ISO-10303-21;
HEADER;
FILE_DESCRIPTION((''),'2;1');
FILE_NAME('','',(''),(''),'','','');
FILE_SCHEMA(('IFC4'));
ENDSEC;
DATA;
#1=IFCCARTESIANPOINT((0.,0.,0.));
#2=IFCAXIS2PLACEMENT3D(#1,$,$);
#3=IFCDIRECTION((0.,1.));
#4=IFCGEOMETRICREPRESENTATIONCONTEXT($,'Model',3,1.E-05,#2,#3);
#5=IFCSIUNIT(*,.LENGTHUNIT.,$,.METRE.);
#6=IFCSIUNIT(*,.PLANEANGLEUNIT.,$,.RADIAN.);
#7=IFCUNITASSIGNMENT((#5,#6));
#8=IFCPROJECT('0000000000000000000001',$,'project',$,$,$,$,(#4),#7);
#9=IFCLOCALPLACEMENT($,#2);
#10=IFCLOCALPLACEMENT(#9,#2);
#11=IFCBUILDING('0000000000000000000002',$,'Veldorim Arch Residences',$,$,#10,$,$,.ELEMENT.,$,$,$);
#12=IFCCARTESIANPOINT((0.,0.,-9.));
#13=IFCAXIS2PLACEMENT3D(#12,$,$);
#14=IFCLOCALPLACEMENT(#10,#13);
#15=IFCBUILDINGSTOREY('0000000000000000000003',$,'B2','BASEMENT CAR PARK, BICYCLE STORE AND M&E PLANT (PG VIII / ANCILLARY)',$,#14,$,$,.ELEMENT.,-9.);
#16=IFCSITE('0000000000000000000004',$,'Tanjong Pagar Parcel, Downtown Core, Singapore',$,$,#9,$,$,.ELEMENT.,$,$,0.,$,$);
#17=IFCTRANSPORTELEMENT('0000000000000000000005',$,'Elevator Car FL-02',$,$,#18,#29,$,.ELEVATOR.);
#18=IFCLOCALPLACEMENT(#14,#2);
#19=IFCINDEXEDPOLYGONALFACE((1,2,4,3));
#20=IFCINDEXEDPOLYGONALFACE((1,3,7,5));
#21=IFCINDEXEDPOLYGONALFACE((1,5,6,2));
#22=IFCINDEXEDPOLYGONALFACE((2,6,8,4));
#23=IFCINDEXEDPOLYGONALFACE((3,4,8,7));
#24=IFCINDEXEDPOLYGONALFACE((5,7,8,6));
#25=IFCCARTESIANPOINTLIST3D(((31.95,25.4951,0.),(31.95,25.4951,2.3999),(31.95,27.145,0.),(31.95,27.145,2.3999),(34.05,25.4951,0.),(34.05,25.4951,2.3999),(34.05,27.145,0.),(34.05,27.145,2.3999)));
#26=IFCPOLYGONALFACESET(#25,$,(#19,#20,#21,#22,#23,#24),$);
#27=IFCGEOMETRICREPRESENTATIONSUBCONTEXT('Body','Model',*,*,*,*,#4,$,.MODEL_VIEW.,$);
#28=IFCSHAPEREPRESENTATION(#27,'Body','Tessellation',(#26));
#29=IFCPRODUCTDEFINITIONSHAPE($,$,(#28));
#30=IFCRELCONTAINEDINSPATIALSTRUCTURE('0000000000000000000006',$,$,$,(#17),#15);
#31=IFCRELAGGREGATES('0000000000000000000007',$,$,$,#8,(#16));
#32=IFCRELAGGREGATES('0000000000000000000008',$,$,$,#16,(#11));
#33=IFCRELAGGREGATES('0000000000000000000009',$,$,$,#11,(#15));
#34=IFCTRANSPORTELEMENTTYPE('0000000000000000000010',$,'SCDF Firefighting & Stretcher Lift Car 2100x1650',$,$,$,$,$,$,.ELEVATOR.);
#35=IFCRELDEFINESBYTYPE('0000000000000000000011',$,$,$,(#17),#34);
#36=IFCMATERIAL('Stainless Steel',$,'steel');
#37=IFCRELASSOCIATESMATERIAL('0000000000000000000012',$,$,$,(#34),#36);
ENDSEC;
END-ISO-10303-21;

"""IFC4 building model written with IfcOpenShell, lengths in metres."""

from ifc_helpers import new_model, si_unit, direction, frame, origin, origin_2d, place, context, subcontext, project, spatial, rectangle, extrude, material, type_object, element, save


model = new_model("IFC4")

# Units and contexts
model_context = context("Model", 3, precision=1e-05, world=origin(), true_north=direction((0.0, 1.0)))
body_context = subcontext(model_context, "Body", "Model", "MODEL_VIEW")
ifc_project = project(units=[si_unit("LENGTHUNIT", "METRE"), si_unit("PLANEANGLEUNIT", "RADIAN")], contexts=[model_context])

# Site, building, storey
site_placement = place(None, origin())
site = spatial("IfcSite", under=ifc_project, at=site_placement, Name="Tanjong Pagar Parcel, Downtown Core, Singapore", CompositionType="ELEMENT", RefElevation=0.0)
building_placement = place(site_placement, origin())
building = spatial("IfcBuilding", under=site, at=building_placement, Name="Veldorim Arch Residences", CompositionType="ELEMENT")
storey_placement = place(building_placement, frame((0.0, 0.0, -9.0)))
storey = spatial("IfcBuildingStorey", under=building, at=storey_placement, Name="B2", Description="BASEMENT CAR PARK, BICYCLE STORE AND M&E PLANT (PG VIII / ANCILLARY)", CompositionType="ELEMENT", Elevation=-9.0)

# Transport element
ifc_material_1 = material(Name="Stainless Steel", Category="steel")
transport_element_type = type_object("IfcTransportElementType", Name="SCDF Firefighting & Stretcher Lift Car 2100x1650", PredefinedType="ELEVATOR", material=ifc_material_1)
transport_element_placement = place(storey_placement, frame((33.0, 26.3201, 0.0), z_axis=(0.0, 0.0, 1.0), x_axis=(1.0, 0.0, 0.0)))
element("IfcTransportElement", 1, at=transport_element_placement, inside=storey, type_object=transport_element_type, Name="Elevator Car FL-02", PredefinedType="ELEVATOR", context=body_context, shape_type="SweptSolid", body=[
    extrude(rectangle(XDim=2.1001, YDim=1.6499, at=origin_2d()), origin(), (0.0, 0.0, 1.0), 2.3999),
])

save(model, "model.ifc")
